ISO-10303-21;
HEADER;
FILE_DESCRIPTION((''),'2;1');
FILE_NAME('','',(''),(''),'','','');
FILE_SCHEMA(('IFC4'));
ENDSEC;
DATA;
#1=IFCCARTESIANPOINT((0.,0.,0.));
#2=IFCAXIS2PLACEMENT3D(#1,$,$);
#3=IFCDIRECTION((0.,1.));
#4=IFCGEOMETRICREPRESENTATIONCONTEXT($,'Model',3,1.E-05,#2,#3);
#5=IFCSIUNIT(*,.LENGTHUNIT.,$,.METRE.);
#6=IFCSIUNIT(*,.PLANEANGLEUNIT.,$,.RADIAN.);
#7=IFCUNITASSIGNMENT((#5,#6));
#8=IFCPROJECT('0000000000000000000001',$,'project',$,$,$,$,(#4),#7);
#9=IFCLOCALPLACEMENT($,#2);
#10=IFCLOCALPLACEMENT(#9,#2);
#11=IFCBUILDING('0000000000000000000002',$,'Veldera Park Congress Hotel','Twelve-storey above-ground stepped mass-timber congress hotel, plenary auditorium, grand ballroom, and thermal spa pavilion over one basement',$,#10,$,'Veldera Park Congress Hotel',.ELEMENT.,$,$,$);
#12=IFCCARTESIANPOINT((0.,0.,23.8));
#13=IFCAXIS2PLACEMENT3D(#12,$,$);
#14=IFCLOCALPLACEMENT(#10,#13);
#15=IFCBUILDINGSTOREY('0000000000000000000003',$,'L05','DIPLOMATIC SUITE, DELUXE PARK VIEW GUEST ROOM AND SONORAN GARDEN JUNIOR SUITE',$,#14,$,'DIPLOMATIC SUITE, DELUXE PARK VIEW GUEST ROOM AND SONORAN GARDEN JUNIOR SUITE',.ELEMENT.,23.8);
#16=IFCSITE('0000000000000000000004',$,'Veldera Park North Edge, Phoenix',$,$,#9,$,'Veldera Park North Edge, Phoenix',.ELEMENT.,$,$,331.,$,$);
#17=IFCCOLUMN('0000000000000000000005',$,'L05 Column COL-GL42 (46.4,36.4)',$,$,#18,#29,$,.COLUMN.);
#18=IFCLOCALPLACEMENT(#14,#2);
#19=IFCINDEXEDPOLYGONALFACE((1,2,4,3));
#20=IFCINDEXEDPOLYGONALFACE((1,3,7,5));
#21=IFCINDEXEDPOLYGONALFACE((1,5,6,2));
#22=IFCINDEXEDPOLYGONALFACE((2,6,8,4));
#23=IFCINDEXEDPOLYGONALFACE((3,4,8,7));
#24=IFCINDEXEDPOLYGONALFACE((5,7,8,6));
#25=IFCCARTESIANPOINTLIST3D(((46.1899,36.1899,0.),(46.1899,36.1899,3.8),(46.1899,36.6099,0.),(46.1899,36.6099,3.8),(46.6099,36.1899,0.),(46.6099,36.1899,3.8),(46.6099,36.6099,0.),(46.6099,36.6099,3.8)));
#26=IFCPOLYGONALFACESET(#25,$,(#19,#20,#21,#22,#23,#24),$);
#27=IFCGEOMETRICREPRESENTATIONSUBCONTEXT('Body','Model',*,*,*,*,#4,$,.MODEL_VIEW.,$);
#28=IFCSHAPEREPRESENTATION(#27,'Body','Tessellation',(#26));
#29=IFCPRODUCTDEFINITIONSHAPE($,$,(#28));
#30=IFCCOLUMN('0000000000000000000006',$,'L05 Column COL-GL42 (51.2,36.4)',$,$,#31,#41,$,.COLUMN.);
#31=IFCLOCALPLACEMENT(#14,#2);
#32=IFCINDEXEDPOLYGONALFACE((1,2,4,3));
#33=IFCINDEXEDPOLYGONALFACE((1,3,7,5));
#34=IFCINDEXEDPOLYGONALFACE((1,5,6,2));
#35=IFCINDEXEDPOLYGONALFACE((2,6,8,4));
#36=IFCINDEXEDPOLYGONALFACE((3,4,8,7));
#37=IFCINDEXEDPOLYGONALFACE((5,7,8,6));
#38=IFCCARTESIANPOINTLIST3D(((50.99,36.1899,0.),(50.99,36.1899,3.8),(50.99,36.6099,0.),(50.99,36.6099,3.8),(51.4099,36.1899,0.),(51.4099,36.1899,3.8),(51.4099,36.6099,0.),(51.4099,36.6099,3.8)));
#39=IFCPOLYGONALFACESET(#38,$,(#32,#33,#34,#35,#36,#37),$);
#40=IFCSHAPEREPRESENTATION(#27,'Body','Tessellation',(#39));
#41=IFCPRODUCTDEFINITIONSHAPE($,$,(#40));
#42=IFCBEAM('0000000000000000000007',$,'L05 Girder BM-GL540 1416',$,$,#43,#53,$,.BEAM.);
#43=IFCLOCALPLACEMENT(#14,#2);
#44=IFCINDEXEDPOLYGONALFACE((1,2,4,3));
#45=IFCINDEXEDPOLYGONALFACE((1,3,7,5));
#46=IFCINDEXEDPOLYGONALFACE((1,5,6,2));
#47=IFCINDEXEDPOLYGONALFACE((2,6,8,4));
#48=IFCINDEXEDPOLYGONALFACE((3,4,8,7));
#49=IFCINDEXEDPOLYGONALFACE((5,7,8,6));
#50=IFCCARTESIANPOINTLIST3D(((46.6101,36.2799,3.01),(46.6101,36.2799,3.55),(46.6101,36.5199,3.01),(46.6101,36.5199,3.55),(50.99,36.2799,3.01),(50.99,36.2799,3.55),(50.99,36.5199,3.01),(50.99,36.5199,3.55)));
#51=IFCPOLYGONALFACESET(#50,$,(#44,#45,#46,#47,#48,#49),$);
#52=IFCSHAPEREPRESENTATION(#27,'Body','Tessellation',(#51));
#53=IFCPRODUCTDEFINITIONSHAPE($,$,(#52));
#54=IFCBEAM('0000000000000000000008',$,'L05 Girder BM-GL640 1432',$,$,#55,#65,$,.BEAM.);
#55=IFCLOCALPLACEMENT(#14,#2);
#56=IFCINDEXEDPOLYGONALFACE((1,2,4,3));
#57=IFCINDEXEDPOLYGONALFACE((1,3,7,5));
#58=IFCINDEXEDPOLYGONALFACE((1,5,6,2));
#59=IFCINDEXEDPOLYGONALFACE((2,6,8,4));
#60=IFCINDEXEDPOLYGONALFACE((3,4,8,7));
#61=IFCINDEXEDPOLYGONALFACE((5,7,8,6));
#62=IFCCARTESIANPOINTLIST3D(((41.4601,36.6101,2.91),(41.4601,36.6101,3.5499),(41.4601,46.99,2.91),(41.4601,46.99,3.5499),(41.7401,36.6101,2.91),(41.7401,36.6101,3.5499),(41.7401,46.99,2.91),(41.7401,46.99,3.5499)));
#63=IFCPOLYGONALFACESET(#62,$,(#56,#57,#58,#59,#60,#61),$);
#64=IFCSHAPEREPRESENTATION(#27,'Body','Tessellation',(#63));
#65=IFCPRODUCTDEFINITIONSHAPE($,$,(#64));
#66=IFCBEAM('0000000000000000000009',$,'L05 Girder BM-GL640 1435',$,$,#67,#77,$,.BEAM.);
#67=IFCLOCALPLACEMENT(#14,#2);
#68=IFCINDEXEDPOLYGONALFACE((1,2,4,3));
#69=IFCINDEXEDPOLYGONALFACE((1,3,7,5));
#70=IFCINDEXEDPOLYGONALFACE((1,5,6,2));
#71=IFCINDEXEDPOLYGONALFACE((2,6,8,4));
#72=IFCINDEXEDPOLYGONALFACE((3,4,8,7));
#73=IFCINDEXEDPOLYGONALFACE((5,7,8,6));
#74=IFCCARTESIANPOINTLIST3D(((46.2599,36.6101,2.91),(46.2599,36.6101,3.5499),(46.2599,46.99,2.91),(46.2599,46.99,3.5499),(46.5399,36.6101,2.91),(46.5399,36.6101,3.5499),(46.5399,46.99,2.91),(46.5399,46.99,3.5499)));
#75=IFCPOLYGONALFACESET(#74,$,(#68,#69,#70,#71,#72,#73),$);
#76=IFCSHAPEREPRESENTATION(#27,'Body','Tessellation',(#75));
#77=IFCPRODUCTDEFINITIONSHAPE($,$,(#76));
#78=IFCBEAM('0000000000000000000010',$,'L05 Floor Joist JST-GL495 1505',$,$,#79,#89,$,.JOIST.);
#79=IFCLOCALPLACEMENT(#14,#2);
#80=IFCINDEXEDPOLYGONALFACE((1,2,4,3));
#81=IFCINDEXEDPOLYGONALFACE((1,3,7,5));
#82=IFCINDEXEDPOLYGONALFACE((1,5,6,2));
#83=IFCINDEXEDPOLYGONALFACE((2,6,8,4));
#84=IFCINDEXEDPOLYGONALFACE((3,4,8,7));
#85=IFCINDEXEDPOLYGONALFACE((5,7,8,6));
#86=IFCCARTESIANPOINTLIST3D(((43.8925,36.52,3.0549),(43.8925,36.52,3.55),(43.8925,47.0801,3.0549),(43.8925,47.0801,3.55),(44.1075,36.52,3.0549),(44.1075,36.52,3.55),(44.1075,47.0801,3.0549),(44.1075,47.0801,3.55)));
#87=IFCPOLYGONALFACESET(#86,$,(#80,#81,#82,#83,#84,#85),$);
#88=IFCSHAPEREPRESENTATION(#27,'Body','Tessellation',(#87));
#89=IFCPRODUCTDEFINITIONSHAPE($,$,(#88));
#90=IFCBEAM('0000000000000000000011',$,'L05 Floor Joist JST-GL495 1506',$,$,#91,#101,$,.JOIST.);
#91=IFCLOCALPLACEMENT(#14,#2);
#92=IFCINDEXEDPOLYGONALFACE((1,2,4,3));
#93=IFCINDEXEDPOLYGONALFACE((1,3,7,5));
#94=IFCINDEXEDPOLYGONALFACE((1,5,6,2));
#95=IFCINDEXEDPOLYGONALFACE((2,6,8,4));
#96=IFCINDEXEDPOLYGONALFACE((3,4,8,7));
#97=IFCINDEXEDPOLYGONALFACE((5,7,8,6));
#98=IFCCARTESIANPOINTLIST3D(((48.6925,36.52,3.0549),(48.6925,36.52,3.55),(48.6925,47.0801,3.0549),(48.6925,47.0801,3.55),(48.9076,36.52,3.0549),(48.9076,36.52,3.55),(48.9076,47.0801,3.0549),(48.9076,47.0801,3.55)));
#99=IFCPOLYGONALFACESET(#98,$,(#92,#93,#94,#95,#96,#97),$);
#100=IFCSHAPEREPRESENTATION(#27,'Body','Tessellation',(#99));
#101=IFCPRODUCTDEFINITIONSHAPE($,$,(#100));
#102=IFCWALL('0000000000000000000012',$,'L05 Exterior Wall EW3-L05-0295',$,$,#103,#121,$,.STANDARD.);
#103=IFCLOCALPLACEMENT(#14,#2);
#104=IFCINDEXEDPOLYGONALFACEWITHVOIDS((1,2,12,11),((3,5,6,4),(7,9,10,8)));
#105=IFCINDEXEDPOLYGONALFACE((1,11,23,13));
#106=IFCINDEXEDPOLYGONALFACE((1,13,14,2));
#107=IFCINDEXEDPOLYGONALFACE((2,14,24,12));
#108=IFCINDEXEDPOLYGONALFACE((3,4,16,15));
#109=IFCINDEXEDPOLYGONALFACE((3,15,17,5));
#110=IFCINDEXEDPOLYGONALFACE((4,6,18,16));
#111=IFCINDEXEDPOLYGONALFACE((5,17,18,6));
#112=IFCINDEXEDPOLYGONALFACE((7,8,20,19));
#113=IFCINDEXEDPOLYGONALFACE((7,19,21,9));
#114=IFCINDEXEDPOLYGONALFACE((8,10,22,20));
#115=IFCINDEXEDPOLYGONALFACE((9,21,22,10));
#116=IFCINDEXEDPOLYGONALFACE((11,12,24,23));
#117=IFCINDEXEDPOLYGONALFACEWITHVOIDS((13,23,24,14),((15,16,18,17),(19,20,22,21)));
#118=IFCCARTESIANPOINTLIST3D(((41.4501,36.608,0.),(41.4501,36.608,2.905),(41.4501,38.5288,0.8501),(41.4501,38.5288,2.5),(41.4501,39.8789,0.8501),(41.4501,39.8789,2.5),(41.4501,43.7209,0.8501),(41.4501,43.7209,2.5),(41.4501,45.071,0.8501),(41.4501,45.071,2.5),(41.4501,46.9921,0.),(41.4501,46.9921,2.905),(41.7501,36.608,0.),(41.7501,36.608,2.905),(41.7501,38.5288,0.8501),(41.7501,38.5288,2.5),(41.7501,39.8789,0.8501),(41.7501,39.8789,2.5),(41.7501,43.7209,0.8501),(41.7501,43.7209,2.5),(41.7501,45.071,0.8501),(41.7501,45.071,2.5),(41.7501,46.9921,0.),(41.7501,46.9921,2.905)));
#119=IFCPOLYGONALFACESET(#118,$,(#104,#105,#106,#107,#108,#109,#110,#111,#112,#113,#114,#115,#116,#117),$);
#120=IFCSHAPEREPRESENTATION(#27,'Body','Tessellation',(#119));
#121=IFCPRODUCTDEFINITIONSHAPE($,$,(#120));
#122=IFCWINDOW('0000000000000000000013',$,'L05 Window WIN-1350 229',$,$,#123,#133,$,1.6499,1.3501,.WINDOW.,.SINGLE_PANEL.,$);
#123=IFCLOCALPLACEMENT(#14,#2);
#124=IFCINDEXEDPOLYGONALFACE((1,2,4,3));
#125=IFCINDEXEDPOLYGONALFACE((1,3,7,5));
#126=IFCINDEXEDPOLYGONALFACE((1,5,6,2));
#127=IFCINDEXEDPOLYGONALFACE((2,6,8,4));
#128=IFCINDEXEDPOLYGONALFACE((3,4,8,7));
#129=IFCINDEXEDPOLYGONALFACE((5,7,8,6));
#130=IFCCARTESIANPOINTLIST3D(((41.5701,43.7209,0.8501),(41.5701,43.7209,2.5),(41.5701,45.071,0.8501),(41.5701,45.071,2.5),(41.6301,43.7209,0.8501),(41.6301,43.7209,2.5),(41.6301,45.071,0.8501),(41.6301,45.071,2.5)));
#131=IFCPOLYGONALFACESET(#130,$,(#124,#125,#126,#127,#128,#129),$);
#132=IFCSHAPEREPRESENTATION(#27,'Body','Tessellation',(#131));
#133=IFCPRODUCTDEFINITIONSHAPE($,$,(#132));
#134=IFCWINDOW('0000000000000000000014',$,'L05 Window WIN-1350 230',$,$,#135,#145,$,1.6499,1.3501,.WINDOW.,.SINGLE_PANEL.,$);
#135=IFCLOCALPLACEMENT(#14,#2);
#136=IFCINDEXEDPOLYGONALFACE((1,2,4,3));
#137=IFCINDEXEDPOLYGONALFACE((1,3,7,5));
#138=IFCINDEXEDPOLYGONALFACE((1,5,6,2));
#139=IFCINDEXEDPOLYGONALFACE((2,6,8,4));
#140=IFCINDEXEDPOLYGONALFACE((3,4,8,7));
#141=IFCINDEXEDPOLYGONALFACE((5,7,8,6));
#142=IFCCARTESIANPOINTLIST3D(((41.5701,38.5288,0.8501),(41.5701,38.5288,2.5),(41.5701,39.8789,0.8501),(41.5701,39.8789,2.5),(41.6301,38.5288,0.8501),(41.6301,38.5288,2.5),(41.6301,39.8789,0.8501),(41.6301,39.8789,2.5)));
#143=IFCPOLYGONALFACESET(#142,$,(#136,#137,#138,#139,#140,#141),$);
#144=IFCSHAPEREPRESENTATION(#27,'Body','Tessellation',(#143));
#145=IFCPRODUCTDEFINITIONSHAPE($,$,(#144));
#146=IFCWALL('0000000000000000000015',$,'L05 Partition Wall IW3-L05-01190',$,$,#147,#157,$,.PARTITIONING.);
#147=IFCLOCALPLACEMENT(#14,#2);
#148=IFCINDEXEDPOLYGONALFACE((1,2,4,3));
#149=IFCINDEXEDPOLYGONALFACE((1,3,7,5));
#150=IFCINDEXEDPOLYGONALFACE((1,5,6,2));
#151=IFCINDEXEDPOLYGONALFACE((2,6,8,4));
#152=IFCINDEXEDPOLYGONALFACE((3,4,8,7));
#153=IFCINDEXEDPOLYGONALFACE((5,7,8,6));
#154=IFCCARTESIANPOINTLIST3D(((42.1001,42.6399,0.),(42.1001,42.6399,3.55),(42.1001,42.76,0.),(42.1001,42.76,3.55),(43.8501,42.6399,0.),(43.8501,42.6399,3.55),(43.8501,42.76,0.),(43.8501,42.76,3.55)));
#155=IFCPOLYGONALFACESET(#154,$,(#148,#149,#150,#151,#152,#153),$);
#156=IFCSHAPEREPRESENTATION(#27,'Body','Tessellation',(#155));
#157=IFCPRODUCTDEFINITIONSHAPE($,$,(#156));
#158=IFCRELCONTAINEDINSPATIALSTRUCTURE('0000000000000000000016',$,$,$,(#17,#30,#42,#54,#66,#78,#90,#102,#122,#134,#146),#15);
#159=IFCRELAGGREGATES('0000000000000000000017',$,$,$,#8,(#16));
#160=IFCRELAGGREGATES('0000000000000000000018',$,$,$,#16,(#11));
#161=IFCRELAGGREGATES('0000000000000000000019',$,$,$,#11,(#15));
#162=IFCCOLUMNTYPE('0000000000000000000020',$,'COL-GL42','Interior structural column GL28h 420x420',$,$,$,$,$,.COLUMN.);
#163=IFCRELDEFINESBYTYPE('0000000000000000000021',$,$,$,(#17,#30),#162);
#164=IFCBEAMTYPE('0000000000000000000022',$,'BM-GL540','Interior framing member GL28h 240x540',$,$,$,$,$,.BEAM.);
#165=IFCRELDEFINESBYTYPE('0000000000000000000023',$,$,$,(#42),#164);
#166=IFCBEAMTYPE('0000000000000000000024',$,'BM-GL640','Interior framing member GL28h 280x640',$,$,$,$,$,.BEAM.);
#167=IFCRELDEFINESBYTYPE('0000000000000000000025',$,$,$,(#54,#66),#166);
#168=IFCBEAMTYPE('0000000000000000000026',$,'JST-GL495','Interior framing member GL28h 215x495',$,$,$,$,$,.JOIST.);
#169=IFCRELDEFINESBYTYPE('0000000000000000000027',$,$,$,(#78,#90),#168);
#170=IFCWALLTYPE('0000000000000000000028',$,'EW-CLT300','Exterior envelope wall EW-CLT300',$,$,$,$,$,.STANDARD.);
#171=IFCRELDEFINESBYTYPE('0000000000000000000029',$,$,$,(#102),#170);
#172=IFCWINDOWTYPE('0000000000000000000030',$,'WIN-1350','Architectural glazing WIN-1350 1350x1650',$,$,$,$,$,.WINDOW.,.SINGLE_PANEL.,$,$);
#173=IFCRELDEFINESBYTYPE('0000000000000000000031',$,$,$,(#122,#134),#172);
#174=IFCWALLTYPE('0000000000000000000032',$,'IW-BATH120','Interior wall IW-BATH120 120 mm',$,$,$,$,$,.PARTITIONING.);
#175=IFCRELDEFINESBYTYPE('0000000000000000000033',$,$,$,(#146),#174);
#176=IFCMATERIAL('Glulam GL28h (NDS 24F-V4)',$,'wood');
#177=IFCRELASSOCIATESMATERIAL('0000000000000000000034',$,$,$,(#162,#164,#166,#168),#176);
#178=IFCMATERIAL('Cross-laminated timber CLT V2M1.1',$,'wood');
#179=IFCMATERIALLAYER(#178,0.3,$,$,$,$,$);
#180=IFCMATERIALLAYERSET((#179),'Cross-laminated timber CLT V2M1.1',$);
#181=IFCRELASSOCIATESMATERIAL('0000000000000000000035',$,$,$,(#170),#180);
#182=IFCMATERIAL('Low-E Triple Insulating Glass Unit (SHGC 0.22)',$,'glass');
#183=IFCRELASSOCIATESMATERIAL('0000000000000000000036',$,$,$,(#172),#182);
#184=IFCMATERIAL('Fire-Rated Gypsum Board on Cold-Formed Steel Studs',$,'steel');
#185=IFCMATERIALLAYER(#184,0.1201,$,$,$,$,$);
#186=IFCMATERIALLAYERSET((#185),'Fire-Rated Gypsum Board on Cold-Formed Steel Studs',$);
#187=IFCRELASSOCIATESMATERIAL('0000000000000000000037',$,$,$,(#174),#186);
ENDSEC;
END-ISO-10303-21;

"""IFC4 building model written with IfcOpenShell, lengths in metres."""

from ifc_helpers import new_model, si_unit, direction, frame, frame_2d, origin, origin_2d, place, context, subcontext, project, spatial, rectangle, extrude, material, layer, layer_set, material_profile, profile_set, type_object, element, fill, save


model = new_model("IFC4")

# Units and contexts
model_context = context("Model", 3, precision=1e-05, world=origin(), true_north=direction((0.0, 1.0)))
body_context = subcontext(model_context, "Body", "Model", "MODEL_VIEW")
ifc_project = project(units=[si_unit("LENGTHUNIT", "METRE"), si_unit("PLANEANGLEUNIT", "RADIAN")], contexts=[model_context])

# Site, building, storey
site_placement = place(None, origin())
site = spatial("IfcSite", under=ifc_project, at=site_placement, Name="Veldera Park North Edge, Phoenix", LongName="Veldera Park North Edge, Phoenix", CompositionType="ELEMENT", RefElevation=331.0)
building_placement = place(site_placement, origin())
building = spatial("IfcBuilding", under=site, at=building_placement, Name="Veldera Park Congress Hotel", Description="Twelve-storey above-ground stepped mass-timber congress hotel, plenary auditorium, grand ballroom, and thermal spa pavilion over one basement", LongName="Veldera Park Congress Hotel", CompositionType="ELEMENT")
storey_placement = place(building_placement, frame((0.0, 0.0, 23.8)))
storey = spatial("IfcBuildingStorey", under=building, at=storey_placement, Name="L05", Description="DIPLOMATIC SUITE, DELUXE PARK VIEW GUEST ROOM AND SONORAN GARDEN JUNIOR SUITE", LongName="DIPLOMATIC SUITE, DELUXE PARK VIEW GUEST ROOM AND SONORAN GARDEN JUNIOR SUITE", CompositionType="ELEMENT", Elevation=23.8)

# Columns
ifc_material_1 = material(Name="Glulam GL28h (NDS 24F-V4)", Category="wood")
ifc_material_profile_1 = material_profile(ifc_material_1, rectangle(XDim=0.4199, YDim=0.4199, at=origin_2d()), Name="GL28h 420x420")
ifc_profile_set_1 = profile_set([ifc_material_profile_1], Name="Glulam GL28h (NDS 24F-V4)")
column_type = type_object("IfcColumnType", Name="COL-GL42", Description="Interior structural column GL28h 420x420", PredefinedType="COLUMN", material=ifc_profile_set_1)
for number, where, z_axis, x_axis, name in (
    (1, (46.3999, 36.3999, 0.0), (0.0, 0.0, 1.0), (1.0, 0.0, 0.0), "L05 Column COL-GL42 (46.4,36.4)"),
    (2, (51.2, 36.3999, 0.0), (0.0, 0.0, 1.0), (1.0, 0.0, 0.0), "L05 Column COL-GL42 (51.2,36.4)"),
):
    element("IfcColumn", number, at=place(storey_placement, frame(where, z_axis=z_axis, x_axis=x_axis)), inside=storey, type_object=column_type, Name=name, PredefinedType="COLUMN", context=body_context, shape_type="SweptSolid", body=[
        extrude(rectangle(XDim=0.4199, YDim=0.4199, at=origin_2d()), origin(), (0.0, 0.0, 1.0), 3.8),
    ])

# Beams
ifc_material_profile_2 = material_profile(ifc_material_1, rectangle(XDim=0.24, YDim=0.54, at=origin_2d()), Name="GL28h 240x540")
ifc_profile_set_2 = profile_set([ifc_material_profile_2], Name="Glulam GL28h (NDS 24F-V4)")
beam_type_1 = type_object("IfcBeamType", Name="BM-GL540", Description="Interior framing member GL28h 240x540", PredefinedType="BEAM", material=ifc_profile_set_2)
beam_placement = place(storey_placement, frame((46.6101, 36.3999, 3.28), z_axis=(1.0, 0.0, 0.0), x_axis=(0.0, 1.0, 0.0)))
element("IfcBeam", 3, at=beam_placement, inside=storey, type_object=beam_type_1, Name="L05 Girder BM-GL540 1416", PredefinedType="BEAM", context=body_context, shape_type="SweptSolid", body=[
    extrude(rectangle(XDim=0.24, YDim=0.54, at=origin_2d()), origin(), (0.0, 0.0, 1.0), 4.3799),
])
ifc_material_profile_3 = material_profile(ifc_material_1, rectangle(XDim=0.28, YDim=0.6399, at=origin_2d()), Name="GL28h 280x640")
ifc_profile_set_3 = profile_set([ifc_material_profile_3], Name="Glulam GL28h (NDS 24F-V4)")
beam_type_2 = type_object("IfcBeamType", Name="BM-GL640", Description="Interior framing member GL28h 280x640", PredefinedType="BEAM", material=ifc_profile_set_3)
for number, where, z_axis, x_axis, name in (
    (4, (41.6001, 36.6101, 3.23), (0.0, 1.0, 0.0), (-1.0, 0.0, 0.0), "L05 Girder BM-GL640 1432"),
    (5, (46.3999, 36.6101, 3.23), (0.0, 1.0, 0.0), (-1.0, 0.0, 0.0), "L05 Girder BM-GL640 1435"),
):
    element("IfcBeam", number, at=place(storey_placement, frame(where, z_axis=z_axis, x_axis=x_axis)), inside=storey, type_object=beam_type_2, Name=name, PredefinedType="BEAM", context=body_context, shape_type="SweptSolid", body=[
        extrude(rectangle(XDim=0.28, YDim=0.6399, at=origin_2d()), origin(), (0.0, 0.0, 1.0), 10.3799),
    ])
ifc_material_profile_4 = material_profile(ifc_material_1, rectangle(XDim=0.2151, YDim=0.4951, at=origin_2d()), Name="GL28h 215x495")
ifc_profile_set_4 = profile_set([ifc_material_profile_4], Name="Glulam GL28h (NDS 24F-V4)")
beam_type_3 = type_object("IfcBeamType", Name="JST-GL495", Description="Interior framing member GL28h 215x495", PredefinedType="JOIST", material=ifc_profile_set_4)
for number, where, z_axis, x_axis, name in (
    (6, (44.0, 36.52, 3.3025), (0.0, 1.0, 0.0), (-1.0, 0.0, 0.0), "L05 Floor Joist JST-GL495 1505"),
    (7, (48.8, 36.52, 3.3025), (0.0, 1.0, 0.0), (-1.0, 0.0, 0.0), "L05 Floor Joist JST-GL495 1506"),
):
    element("IfcBeam", number, at=place(storey_placement, frame(where, z_axis=z_axis, x_axis=x_axis)), inside=storey, type_object=beam_type_3, Name=name, PredefinedType="JOIST", context=body_context, shape_type="SweptSolid", body=[
        extrude(rectangle(XDim=0.2151, YDim=0.4951, at=origin_2d()), origin(), (0.0, 0.0, 1.0), 10.5601),
    ])

# Wall, openings, windows
ifc_material_2 = material(Name="Cross-laminated timber CLT V2M1.1", Category="wood")
ifc_layer_1 = layer(ifc_material_2, 0.3)
ifc_layer_set_1 = layer_set([ifc_layer_1], Name="Cross-laminated timber CLT V2M1.1")
wall_type_1 = type_object("IfcWallType", Name="EW-CLT300", Description="Exterior envelope wall EW-CLT300", PredefinedType="STANDARD", material=ifc_layer_set_1)
wall_1_placement = place(storey_placement, frame((41.6001, 46.9919, 0.0), z_axis=(0.0, 0.0, 1.0), x_axis=(0.0, -1.0, 0.0)))
wall_1 = element("IfcWall", 8, at=wall_1_placement, inside=storey, type_object=wall_type_1, Name="L05 Exterior Wall EW3-L05-0295", PredefinedType="STANDARD", context=body_context, shape_type="SweptSolid", body=[
    extrude(rectangle(XDim=10.384, YDim=0.3, at=frame_2d((5.1919, 0.0))), origin(), (0.0, 0.0, 1.0), 2.905),
])
opening_1_placement = place(wall_1_placement, frame((1.9209, 0.0, 0.8501)))
opening_1 = element("IfcOpeningElement", 9, at=opening_1_placement, cuts=wall_1, PredefinedType="OPENING", context=body_context, shape_type="SweptSolid", body=[
    extrude(rectangle(XDim=1.3501, YDim=1.6499, at=frame_2d((0.675, 0.825))), frame((0.0, 0.1621, 0.0), z_axis=(0.0, -1.0, 0.0), x_axis=(1.0, 0.0, 0.0)), (0.0, 0.0, 1.0), 0.324),
])
opening_2_placement = place(wall_1_placement, frame((7.113, 0.0, 0.8501)))
opening_2 = element("IfcOpeningElement", 10, at=opening_2_placement, cuts=wall_1, PredefinedType="OPENING", context=body_context, shape_type="SweptSolid", body=[
    extrude(rectangle(XDim=1.3501, YDim=1.6499, at=frame_2d((0.675, 0.825))), frame((0.0, 0.1621, 0.0), z_axis=(0.0, -1.0, 0.0), x_axis=(1.0, 0.0, 0.0)), (0.0, 0.0, 1.0), 0.324),
])
ifc_material_3 = material(Name="Low-E Triple Insulating Glass Unit (SHGC 0.22)", Category="glass")
window_type = type_object("IfcWindowType", Name="WIN-1350", Description="Architectural glazing WIN-1350 1350x1650", PartitioningType="SINGLE_PANEL", PredefinedType="WINDOW", material=ifc_material_3)
window_1_placement = place(opening_1_placement, origin())
window_1 = element("IfcWindow", 11, at=window_1_placement, inside=storey, type_object=window_type, Name="L05 Window WIN-1350 229", OverallHeight=1.6499, OverallWidth=1.3501, PartitioningType="SINGLE_PANEL", PredefinedType="WINDOW", context=body_context, shape_type="SweptSolid", body=[
    extrude(rectangle(XDim=1.3501, YDim=1.6499, at=frame_2d((0.675, 0.825))), frame((0.0, 0.03, 0.0), z_axis=(0.0, -1.0, 0.0), x_axis=(1.0, 0.0, 0.0)), (0.0, 0.0, 1.0), 0.0601),
])
fill(opening_1, window_1)
window_2_placement = place(opening_2_placement, origin())
window_2 = element("IfcWindow", 12, at=window_2_placement, inside=storey, type_object=window_type, Name="L05 Window WIN-1350 230", OverallHeight=1.6499, OverallWidth=1.3501, PartitioningType="SINGLE_PANEL", PredefinedType="WINDOW", context=body_context, shape_type="SweptSolid", body=[
    extrude(rectangle(XDim=1.3501, YDim=1.6499, at=frame_2d((0.675, 0.825))), frame((0.0, 0.03, 0.0), z_axis=(0.0, -1.0, 0.0), x_axis=(1.0, 0.0, 0.0)), (0.0, 0.0, 1.0), 0.0601),
])
fill(opening_2, window_2)

# Shared definitions
ifc_material_4 = material(Name="Fire-Rated Gypsum Board on Cold-Formed Steel Studs", Category="steel")
ifc_layer_2 = layer(ifc_material_4, 0.1201)
ifc_layer_set_2 = layer_set([ifc_layer_2], Name="Fire-Rated Gypsum Board on Cold-Formed Steel Studs")
wall_type_2 = type_object("IfcWallType", Name="IW-BATH120", Description="Interior wall IW-BATH120 120 mm", PredefinedType="PARTITIONING", material=ifc_layer_set_2)

# Wall
wall_2_placement = place(storey_placement, frame((42.1001, 42.7, 0.0), z_axis=(0.0, 0.0, 1.0), x_axis=(1.0, 0.0, 0.0)))
element("IfcWall", 13, at=wall_2_placement, inside=storey, type_object=wall_type_2, Name="L05 Partition Wall IW3-L05-01190", PredefinedType="PARTITIONING", context=body_context, shape_type="SweptSolid", body=[
    extrude(rectangle(XDim=1.75, YDim=0.1201, at=frame_2d((0.875, 0.0))), origin(), (0.0, 0.0, 1.0), 3.55),
])

save(model, "model.ifc")
